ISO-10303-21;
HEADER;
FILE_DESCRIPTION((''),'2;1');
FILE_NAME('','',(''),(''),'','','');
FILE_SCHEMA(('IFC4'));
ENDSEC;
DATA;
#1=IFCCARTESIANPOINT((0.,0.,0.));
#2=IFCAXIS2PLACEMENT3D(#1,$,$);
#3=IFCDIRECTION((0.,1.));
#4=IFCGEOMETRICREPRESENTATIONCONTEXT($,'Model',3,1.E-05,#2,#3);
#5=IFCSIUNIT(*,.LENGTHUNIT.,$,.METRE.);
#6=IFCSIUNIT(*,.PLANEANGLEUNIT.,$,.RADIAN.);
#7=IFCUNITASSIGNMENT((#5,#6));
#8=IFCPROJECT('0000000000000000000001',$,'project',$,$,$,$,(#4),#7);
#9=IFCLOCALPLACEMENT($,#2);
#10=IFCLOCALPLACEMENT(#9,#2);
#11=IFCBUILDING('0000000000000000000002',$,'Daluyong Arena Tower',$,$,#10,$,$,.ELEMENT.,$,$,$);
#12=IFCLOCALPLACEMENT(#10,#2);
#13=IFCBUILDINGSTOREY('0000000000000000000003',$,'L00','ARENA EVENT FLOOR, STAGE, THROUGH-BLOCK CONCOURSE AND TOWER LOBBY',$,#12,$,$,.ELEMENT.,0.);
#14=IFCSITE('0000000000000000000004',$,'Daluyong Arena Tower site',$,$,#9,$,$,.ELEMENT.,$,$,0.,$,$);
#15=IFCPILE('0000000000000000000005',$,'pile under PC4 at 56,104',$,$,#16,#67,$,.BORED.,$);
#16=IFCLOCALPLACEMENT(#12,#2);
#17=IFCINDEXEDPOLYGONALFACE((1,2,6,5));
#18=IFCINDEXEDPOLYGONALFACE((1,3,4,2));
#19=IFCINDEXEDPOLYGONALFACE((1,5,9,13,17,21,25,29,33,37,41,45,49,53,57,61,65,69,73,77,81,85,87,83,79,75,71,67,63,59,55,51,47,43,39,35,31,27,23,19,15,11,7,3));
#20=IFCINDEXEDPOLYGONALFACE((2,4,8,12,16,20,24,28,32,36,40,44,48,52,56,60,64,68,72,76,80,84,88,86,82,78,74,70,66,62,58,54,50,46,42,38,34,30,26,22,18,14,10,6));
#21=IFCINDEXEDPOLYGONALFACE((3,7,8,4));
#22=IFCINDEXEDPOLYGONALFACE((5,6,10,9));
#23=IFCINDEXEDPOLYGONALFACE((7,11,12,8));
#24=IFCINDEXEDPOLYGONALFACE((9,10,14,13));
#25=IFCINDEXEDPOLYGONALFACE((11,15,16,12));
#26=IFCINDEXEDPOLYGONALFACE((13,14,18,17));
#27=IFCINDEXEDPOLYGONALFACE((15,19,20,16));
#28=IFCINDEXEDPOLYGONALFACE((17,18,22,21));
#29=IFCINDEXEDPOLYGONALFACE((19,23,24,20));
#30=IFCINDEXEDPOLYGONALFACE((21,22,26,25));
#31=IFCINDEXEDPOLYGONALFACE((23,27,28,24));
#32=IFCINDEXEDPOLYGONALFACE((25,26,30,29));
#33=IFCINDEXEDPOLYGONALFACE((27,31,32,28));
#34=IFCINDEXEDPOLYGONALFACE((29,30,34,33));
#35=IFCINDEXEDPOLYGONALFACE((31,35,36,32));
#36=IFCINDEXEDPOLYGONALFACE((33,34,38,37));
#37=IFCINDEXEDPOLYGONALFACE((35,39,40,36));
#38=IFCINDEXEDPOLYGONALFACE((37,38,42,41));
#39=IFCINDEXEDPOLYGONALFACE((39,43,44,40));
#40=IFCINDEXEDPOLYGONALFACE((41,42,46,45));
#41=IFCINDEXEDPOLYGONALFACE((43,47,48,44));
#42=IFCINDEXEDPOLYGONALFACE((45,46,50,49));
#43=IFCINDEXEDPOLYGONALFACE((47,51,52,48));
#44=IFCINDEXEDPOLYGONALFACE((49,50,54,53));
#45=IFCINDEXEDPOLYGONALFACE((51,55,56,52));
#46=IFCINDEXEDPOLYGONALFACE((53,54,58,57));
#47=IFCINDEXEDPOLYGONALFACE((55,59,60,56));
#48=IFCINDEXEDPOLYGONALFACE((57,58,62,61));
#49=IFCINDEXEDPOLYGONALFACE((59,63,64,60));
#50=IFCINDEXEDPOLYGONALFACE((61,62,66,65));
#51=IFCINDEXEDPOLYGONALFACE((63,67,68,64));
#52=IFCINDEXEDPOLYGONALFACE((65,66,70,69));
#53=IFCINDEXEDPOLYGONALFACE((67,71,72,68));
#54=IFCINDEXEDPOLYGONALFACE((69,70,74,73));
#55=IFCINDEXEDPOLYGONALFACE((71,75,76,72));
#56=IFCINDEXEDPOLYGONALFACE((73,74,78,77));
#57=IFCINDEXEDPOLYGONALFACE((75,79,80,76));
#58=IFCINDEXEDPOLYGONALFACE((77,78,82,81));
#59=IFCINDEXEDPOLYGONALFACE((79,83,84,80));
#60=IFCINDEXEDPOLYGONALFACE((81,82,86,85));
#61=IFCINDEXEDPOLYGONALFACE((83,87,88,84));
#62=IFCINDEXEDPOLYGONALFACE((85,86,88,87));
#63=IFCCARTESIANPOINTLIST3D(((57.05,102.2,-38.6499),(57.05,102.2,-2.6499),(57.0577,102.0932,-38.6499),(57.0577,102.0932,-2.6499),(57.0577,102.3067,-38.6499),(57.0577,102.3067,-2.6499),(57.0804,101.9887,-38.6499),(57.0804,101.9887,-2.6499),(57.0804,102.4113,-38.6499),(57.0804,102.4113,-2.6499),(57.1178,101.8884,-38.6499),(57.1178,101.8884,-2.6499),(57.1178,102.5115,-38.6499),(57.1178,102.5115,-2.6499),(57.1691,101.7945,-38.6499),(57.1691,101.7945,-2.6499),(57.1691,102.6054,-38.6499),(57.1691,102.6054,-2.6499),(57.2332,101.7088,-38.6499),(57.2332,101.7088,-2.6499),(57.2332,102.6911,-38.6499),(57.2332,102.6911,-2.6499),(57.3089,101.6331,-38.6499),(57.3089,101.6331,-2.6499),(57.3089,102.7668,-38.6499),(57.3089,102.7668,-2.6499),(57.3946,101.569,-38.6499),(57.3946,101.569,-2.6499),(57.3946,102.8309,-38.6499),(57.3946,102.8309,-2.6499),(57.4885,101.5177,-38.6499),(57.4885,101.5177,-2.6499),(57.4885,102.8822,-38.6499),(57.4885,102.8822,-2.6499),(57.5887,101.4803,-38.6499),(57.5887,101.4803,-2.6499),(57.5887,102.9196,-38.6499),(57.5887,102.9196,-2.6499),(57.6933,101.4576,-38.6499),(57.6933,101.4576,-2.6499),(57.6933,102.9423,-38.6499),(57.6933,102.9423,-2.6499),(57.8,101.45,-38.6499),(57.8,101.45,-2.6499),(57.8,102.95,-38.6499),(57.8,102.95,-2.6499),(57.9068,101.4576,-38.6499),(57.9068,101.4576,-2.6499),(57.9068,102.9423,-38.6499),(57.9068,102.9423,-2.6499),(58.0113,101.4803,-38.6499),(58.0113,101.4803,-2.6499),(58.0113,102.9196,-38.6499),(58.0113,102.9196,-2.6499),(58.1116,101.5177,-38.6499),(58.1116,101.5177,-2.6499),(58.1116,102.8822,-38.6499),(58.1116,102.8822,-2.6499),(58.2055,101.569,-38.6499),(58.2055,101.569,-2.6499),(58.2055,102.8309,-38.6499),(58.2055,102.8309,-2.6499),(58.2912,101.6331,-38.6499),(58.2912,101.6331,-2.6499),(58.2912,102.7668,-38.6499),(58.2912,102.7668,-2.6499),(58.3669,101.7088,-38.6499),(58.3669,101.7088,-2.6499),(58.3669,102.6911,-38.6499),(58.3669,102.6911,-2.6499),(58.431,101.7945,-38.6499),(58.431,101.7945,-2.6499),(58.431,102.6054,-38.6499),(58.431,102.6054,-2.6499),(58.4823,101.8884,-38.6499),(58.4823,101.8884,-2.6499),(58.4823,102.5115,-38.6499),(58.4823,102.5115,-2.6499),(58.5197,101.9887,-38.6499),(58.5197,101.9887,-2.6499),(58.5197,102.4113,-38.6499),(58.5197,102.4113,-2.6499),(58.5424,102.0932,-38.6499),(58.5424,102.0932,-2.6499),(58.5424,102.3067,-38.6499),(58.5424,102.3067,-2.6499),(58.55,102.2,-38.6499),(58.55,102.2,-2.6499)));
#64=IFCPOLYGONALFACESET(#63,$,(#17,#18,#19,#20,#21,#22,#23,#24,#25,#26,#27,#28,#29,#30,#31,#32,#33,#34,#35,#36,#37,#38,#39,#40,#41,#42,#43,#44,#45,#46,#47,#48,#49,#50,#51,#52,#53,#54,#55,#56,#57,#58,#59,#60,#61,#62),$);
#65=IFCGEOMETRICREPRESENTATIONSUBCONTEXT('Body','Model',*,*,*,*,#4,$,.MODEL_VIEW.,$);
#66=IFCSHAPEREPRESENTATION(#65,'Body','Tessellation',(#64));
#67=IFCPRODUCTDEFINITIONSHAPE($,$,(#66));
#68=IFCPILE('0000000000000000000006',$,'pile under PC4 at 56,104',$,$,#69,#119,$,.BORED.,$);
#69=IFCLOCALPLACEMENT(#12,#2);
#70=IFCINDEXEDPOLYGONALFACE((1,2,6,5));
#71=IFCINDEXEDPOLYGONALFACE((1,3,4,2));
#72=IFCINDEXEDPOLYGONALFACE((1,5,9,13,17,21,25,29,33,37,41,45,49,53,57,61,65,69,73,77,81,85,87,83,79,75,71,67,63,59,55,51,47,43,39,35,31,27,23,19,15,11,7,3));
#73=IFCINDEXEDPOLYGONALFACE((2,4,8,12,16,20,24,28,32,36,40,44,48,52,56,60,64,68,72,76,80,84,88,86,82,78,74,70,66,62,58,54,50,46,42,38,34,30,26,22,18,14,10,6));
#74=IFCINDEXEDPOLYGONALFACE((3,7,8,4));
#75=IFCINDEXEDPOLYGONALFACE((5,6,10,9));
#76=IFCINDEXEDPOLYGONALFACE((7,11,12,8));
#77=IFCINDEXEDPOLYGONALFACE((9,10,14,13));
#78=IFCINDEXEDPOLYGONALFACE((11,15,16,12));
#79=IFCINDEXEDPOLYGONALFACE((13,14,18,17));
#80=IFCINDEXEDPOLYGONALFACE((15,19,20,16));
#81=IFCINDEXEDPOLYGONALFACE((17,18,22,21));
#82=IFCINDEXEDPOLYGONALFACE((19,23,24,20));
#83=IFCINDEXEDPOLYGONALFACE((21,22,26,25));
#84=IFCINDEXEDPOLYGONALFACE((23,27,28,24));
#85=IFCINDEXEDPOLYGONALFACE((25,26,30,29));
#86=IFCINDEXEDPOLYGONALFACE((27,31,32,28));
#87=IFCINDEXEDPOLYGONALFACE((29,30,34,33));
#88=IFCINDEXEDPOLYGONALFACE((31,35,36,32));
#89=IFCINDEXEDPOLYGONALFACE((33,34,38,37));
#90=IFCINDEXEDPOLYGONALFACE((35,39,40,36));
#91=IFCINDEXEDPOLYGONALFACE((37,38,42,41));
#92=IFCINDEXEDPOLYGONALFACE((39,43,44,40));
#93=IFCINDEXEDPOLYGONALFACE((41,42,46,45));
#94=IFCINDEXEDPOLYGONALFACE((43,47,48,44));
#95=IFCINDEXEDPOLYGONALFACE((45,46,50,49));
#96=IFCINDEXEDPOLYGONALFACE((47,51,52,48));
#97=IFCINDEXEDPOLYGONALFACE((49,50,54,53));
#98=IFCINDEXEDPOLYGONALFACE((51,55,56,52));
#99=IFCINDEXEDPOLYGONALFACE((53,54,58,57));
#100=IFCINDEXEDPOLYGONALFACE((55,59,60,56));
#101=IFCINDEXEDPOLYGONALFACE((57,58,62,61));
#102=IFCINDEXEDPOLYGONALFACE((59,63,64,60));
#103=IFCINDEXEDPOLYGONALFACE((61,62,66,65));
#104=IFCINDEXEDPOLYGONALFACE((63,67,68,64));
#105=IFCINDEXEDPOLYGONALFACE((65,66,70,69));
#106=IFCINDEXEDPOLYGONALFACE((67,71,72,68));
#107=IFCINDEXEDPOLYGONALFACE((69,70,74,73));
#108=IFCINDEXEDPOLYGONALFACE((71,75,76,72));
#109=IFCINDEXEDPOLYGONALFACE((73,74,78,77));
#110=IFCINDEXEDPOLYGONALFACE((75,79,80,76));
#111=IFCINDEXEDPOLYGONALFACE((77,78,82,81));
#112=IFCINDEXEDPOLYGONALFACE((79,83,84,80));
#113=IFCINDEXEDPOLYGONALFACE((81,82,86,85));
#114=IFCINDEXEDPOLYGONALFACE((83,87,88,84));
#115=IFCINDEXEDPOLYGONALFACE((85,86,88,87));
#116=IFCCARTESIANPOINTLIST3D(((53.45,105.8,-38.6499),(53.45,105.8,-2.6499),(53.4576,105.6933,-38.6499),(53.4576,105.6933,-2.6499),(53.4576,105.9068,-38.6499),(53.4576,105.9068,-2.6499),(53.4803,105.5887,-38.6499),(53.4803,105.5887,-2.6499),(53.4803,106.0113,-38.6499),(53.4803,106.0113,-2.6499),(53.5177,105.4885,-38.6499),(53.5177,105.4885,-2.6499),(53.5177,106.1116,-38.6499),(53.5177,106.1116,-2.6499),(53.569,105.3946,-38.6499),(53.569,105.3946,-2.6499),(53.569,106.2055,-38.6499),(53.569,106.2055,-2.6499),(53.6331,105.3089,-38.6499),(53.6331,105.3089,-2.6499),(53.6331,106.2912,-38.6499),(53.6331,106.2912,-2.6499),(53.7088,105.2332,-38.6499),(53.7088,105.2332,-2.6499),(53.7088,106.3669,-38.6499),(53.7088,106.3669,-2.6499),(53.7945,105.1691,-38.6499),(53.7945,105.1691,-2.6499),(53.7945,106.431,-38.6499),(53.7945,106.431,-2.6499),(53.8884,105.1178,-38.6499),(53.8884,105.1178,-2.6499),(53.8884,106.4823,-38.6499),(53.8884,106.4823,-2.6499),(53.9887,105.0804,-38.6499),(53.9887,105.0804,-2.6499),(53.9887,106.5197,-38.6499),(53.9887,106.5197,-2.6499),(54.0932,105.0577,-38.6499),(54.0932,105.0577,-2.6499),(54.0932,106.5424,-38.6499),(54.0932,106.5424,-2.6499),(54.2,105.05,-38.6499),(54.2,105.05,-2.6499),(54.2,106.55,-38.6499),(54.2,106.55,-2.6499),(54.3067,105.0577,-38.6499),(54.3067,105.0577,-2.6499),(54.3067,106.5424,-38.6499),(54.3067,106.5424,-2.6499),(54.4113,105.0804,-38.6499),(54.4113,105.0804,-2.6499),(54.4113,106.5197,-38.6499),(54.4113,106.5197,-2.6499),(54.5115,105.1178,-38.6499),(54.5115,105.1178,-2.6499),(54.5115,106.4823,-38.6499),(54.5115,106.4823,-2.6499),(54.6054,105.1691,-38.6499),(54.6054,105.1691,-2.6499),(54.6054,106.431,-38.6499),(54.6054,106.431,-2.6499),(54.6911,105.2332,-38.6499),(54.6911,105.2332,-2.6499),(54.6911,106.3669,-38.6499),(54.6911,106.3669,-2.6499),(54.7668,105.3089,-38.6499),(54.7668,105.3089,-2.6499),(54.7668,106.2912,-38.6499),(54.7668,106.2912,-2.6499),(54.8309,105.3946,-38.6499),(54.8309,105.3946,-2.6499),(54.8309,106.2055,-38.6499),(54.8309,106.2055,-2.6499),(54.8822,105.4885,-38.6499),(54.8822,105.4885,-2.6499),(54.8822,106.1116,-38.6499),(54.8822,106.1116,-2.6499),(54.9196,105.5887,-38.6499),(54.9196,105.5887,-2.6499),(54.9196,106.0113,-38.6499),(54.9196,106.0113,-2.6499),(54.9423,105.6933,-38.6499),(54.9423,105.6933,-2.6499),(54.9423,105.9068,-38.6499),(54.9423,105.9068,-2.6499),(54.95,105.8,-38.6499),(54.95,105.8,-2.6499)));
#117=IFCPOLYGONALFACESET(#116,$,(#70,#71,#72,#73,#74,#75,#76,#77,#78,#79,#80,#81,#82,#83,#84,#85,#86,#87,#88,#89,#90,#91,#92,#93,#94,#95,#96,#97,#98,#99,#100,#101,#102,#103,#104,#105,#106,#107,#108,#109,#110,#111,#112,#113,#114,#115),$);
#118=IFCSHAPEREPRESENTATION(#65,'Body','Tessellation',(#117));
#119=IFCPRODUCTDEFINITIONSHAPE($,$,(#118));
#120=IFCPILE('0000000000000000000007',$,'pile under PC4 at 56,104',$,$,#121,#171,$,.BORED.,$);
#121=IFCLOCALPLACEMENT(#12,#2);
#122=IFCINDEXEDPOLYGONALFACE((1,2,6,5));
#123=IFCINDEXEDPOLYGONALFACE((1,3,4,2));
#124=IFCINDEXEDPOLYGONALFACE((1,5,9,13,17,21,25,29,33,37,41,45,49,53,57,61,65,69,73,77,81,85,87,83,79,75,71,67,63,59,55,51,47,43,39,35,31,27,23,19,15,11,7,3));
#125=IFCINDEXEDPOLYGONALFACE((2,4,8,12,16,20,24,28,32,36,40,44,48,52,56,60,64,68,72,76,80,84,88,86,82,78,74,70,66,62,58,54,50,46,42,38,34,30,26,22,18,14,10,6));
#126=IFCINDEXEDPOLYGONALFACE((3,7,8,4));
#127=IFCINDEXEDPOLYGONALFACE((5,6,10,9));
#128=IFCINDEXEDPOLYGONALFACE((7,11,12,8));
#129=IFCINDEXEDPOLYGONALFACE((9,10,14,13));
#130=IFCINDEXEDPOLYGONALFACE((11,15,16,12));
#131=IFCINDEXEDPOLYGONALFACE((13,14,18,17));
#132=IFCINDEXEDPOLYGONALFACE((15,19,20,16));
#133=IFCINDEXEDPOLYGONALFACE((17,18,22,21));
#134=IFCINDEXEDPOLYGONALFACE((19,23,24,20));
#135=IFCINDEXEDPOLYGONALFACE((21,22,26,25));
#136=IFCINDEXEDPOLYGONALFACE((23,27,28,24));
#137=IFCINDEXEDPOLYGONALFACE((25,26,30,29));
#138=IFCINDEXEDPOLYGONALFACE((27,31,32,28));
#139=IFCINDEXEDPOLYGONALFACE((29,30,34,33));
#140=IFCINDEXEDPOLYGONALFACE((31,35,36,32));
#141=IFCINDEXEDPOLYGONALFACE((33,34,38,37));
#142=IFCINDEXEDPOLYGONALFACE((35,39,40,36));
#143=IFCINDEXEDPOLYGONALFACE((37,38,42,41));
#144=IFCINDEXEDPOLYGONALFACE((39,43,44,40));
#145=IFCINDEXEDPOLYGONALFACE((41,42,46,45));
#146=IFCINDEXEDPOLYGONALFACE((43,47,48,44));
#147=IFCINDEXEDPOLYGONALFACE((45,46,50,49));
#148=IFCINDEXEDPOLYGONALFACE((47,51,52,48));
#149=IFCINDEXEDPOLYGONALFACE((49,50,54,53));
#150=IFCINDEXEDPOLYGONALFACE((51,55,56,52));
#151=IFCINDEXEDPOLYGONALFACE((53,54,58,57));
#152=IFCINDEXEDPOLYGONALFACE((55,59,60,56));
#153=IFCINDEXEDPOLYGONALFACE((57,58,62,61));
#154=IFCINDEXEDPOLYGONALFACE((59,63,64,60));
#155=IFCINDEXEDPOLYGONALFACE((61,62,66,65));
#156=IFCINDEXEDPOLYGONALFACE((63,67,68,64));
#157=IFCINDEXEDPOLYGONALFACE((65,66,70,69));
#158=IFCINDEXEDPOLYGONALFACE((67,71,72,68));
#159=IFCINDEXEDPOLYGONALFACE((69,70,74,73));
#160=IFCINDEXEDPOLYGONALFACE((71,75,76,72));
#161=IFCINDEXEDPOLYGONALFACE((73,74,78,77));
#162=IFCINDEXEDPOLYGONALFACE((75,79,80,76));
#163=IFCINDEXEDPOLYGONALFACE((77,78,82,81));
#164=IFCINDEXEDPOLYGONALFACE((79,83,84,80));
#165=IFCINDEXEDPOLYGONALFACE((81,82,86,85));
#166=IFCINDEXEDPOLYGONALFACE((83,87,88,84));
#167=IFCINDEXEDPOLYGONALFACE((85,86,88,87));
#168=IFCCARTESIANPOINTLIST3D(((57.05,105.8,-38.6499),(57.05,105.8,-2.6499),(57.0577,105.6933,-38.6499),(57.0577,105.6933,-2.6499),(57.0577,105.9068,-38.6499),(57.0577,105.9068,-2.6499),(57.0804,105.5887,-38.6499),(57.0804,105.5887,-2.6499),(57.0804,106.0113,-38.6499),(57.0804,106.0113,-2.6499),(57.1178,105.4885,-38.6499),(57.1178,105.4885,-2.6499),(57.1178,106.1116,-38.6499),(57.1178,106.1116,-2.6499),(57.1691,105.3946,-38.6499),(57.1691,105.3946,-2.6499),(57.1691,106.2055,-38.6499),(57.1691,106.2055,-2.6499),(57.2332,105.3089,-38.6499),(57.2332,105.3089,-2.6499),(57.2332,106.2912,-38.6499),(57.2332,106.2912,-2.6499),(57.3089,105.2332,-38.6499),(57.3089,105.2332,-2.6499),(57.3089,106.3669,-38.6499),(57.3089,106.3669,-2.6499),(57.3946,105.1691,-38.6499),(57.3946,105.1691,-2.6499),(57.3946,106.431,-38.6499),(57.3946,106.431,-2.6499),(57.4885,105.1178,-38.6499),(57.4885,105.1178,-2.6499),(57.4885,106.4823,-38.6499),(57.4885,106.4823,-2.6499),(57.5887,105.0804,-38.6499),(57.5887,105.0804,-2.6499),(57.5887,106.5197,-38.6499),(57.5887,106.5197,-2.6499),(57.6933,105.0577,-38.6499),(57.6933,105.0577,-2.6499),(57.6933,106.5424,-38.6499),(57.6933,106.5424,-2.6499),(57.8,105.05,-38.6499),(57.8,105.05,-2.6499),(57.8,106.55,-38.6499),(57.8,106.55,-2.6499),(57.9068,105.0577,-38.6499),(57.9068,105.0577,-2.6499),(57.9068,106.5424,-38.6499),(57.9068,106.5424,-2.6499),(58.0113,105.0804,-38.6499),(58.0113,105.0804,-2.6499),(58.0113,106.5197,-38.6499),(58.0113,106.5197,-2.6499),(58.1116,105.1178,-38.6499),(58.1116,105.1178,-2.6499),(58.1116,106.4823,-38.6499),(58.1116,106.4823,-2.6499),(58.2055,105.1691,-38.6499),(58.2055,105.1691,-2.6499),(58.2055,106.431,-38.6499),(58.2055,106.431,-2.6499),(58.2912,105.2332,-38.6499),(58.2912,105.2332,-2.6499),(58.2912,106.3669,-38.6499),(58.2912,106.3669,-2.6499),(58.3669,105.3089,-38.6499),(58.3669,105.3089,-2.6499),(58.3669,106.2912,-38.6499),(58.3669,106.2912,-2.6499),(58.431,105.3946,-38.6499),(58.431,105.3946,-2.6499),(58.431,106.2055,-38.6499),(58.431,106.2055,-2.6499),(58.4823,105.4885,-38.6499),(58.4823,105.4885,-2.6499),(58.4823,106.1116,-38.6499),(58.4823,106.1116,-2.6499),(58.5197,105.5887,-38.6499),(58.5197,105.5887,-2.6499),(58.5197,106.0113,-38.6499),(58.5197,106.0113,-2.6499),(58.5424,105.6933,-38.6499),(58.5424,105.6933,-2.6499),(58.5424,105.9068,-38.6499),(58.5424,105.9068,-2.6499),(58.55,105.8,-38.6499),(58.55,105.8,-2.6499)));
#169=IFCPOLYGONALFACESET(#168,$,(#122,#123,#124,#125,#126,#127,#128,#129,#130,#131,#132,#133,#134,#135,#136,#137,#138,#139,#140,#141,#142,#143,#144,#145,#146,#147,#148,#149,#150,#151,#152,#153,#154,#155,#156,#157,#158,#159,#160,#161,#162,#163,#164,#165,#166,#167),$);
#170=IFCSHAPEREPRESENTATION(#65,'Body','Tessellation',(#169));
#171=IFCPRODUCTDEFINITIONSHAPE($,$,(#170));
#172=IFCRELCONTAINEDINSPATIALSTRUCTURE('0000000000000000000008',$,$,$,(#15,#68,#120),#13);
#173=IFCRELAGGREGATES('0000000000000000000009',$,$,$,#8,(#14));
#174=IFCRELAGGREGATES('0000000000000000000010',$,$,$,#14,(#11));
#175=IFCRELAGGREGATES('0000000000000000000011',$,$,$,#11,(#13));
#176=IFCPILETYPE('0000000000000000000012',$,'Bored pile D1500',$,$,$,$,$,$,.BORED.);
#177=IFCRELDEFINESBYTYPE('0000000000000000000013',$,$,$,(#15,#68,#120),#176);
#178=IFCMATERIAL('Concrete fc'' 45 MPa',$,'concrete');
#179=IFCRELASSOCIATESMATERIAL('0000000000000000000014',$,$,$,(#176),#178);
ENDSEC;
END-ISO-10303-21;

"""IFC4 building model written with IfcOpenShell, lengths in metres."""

from ifc_helpers import new_model, si_unit, direction, frame, origin, origin_2d, place, context, subcontext, project, spatial, circle, extrude, material, type_object, element, save


model = new_model("IFC4")

# Units and contexts
model_context = context("Model", 3, precision=1e-05, world=origin(), true_north=direction((0.0, 1.0)))
body_context = subcontext(model_context, "Body", "Model", "MODEL_VIEW")
ifc_project = project(units=[si_unit("LENGTHUNIT", "METRE"), si_unit("PLANEANGLEUNIT", "RADIAN")], contexts=[model_context])

# Site, building, storey
site_placement = place(None, origin())
site = spatial("IfcSite", under=ifc_project, at=site_placement, Name="Daluyong Arena Tower site", CompositionType="ELEMENT", RefElevation=0.0)
building_placement = place(site_placement, origin())
building = spatial("IfcBuilding", under=site, at=building_placement, Name="Daluyong Arena Tower", CompositionType="ELEMENT")
storey_placement = place(building_placement, origin())
storey = spatial("IfcBuildingStorey", under=building, at=storey_placement, Name="L00", Description="ARENA EVENT FLOOR, STAGE, THROUGH-BLOCK CONCOURSE AND TOWER LOBBY", CompositionType="ELEMENT", Elevation=0.0)

# Piles
ifc_material_1 = material(Name="Concrete fc' 45 MPa", Category="concrete")
pile_type_1 = type_object("IfcPileType", Name="Bored pile D1500", PredefinedType="BORED", material=ifc_material_1)
for number, where, z_axis, x_axis, name in (
    (1, (57.8, 102.2, -2.6499), (0.0, 0.0, -1.0), (1.0, 0.0, 0.0), "pile under PC4 at 56,104"),
    (2, (54.2, 105.8, -2.6499), (0.0, 0.0, -1.0), (1.0, 0.0, 0.0), "pile under PC4 at 56,104"),
    (3, (57.8, 105.8, -2.6499), (0.0, 0.0, -1.0), (1.0, 0.0, 0.0), "pile under PC4 at 56,104"),
):
    element("IfcPile", number, at=place(storey_placement, frame(where, z_axis=z_axis, x_axis=x_axis)), inside=storey, type_object=pile_type_1, Name=name, PredefinedType="BORED", context=body_context, shape_type="SweptSolid", body=[
        extrude(circle(Radius=0.75, at=origin_2d()), origin(), (0.0, 0.0, 1.0), 36.0),
    ])

save(model, "model.ifc")
